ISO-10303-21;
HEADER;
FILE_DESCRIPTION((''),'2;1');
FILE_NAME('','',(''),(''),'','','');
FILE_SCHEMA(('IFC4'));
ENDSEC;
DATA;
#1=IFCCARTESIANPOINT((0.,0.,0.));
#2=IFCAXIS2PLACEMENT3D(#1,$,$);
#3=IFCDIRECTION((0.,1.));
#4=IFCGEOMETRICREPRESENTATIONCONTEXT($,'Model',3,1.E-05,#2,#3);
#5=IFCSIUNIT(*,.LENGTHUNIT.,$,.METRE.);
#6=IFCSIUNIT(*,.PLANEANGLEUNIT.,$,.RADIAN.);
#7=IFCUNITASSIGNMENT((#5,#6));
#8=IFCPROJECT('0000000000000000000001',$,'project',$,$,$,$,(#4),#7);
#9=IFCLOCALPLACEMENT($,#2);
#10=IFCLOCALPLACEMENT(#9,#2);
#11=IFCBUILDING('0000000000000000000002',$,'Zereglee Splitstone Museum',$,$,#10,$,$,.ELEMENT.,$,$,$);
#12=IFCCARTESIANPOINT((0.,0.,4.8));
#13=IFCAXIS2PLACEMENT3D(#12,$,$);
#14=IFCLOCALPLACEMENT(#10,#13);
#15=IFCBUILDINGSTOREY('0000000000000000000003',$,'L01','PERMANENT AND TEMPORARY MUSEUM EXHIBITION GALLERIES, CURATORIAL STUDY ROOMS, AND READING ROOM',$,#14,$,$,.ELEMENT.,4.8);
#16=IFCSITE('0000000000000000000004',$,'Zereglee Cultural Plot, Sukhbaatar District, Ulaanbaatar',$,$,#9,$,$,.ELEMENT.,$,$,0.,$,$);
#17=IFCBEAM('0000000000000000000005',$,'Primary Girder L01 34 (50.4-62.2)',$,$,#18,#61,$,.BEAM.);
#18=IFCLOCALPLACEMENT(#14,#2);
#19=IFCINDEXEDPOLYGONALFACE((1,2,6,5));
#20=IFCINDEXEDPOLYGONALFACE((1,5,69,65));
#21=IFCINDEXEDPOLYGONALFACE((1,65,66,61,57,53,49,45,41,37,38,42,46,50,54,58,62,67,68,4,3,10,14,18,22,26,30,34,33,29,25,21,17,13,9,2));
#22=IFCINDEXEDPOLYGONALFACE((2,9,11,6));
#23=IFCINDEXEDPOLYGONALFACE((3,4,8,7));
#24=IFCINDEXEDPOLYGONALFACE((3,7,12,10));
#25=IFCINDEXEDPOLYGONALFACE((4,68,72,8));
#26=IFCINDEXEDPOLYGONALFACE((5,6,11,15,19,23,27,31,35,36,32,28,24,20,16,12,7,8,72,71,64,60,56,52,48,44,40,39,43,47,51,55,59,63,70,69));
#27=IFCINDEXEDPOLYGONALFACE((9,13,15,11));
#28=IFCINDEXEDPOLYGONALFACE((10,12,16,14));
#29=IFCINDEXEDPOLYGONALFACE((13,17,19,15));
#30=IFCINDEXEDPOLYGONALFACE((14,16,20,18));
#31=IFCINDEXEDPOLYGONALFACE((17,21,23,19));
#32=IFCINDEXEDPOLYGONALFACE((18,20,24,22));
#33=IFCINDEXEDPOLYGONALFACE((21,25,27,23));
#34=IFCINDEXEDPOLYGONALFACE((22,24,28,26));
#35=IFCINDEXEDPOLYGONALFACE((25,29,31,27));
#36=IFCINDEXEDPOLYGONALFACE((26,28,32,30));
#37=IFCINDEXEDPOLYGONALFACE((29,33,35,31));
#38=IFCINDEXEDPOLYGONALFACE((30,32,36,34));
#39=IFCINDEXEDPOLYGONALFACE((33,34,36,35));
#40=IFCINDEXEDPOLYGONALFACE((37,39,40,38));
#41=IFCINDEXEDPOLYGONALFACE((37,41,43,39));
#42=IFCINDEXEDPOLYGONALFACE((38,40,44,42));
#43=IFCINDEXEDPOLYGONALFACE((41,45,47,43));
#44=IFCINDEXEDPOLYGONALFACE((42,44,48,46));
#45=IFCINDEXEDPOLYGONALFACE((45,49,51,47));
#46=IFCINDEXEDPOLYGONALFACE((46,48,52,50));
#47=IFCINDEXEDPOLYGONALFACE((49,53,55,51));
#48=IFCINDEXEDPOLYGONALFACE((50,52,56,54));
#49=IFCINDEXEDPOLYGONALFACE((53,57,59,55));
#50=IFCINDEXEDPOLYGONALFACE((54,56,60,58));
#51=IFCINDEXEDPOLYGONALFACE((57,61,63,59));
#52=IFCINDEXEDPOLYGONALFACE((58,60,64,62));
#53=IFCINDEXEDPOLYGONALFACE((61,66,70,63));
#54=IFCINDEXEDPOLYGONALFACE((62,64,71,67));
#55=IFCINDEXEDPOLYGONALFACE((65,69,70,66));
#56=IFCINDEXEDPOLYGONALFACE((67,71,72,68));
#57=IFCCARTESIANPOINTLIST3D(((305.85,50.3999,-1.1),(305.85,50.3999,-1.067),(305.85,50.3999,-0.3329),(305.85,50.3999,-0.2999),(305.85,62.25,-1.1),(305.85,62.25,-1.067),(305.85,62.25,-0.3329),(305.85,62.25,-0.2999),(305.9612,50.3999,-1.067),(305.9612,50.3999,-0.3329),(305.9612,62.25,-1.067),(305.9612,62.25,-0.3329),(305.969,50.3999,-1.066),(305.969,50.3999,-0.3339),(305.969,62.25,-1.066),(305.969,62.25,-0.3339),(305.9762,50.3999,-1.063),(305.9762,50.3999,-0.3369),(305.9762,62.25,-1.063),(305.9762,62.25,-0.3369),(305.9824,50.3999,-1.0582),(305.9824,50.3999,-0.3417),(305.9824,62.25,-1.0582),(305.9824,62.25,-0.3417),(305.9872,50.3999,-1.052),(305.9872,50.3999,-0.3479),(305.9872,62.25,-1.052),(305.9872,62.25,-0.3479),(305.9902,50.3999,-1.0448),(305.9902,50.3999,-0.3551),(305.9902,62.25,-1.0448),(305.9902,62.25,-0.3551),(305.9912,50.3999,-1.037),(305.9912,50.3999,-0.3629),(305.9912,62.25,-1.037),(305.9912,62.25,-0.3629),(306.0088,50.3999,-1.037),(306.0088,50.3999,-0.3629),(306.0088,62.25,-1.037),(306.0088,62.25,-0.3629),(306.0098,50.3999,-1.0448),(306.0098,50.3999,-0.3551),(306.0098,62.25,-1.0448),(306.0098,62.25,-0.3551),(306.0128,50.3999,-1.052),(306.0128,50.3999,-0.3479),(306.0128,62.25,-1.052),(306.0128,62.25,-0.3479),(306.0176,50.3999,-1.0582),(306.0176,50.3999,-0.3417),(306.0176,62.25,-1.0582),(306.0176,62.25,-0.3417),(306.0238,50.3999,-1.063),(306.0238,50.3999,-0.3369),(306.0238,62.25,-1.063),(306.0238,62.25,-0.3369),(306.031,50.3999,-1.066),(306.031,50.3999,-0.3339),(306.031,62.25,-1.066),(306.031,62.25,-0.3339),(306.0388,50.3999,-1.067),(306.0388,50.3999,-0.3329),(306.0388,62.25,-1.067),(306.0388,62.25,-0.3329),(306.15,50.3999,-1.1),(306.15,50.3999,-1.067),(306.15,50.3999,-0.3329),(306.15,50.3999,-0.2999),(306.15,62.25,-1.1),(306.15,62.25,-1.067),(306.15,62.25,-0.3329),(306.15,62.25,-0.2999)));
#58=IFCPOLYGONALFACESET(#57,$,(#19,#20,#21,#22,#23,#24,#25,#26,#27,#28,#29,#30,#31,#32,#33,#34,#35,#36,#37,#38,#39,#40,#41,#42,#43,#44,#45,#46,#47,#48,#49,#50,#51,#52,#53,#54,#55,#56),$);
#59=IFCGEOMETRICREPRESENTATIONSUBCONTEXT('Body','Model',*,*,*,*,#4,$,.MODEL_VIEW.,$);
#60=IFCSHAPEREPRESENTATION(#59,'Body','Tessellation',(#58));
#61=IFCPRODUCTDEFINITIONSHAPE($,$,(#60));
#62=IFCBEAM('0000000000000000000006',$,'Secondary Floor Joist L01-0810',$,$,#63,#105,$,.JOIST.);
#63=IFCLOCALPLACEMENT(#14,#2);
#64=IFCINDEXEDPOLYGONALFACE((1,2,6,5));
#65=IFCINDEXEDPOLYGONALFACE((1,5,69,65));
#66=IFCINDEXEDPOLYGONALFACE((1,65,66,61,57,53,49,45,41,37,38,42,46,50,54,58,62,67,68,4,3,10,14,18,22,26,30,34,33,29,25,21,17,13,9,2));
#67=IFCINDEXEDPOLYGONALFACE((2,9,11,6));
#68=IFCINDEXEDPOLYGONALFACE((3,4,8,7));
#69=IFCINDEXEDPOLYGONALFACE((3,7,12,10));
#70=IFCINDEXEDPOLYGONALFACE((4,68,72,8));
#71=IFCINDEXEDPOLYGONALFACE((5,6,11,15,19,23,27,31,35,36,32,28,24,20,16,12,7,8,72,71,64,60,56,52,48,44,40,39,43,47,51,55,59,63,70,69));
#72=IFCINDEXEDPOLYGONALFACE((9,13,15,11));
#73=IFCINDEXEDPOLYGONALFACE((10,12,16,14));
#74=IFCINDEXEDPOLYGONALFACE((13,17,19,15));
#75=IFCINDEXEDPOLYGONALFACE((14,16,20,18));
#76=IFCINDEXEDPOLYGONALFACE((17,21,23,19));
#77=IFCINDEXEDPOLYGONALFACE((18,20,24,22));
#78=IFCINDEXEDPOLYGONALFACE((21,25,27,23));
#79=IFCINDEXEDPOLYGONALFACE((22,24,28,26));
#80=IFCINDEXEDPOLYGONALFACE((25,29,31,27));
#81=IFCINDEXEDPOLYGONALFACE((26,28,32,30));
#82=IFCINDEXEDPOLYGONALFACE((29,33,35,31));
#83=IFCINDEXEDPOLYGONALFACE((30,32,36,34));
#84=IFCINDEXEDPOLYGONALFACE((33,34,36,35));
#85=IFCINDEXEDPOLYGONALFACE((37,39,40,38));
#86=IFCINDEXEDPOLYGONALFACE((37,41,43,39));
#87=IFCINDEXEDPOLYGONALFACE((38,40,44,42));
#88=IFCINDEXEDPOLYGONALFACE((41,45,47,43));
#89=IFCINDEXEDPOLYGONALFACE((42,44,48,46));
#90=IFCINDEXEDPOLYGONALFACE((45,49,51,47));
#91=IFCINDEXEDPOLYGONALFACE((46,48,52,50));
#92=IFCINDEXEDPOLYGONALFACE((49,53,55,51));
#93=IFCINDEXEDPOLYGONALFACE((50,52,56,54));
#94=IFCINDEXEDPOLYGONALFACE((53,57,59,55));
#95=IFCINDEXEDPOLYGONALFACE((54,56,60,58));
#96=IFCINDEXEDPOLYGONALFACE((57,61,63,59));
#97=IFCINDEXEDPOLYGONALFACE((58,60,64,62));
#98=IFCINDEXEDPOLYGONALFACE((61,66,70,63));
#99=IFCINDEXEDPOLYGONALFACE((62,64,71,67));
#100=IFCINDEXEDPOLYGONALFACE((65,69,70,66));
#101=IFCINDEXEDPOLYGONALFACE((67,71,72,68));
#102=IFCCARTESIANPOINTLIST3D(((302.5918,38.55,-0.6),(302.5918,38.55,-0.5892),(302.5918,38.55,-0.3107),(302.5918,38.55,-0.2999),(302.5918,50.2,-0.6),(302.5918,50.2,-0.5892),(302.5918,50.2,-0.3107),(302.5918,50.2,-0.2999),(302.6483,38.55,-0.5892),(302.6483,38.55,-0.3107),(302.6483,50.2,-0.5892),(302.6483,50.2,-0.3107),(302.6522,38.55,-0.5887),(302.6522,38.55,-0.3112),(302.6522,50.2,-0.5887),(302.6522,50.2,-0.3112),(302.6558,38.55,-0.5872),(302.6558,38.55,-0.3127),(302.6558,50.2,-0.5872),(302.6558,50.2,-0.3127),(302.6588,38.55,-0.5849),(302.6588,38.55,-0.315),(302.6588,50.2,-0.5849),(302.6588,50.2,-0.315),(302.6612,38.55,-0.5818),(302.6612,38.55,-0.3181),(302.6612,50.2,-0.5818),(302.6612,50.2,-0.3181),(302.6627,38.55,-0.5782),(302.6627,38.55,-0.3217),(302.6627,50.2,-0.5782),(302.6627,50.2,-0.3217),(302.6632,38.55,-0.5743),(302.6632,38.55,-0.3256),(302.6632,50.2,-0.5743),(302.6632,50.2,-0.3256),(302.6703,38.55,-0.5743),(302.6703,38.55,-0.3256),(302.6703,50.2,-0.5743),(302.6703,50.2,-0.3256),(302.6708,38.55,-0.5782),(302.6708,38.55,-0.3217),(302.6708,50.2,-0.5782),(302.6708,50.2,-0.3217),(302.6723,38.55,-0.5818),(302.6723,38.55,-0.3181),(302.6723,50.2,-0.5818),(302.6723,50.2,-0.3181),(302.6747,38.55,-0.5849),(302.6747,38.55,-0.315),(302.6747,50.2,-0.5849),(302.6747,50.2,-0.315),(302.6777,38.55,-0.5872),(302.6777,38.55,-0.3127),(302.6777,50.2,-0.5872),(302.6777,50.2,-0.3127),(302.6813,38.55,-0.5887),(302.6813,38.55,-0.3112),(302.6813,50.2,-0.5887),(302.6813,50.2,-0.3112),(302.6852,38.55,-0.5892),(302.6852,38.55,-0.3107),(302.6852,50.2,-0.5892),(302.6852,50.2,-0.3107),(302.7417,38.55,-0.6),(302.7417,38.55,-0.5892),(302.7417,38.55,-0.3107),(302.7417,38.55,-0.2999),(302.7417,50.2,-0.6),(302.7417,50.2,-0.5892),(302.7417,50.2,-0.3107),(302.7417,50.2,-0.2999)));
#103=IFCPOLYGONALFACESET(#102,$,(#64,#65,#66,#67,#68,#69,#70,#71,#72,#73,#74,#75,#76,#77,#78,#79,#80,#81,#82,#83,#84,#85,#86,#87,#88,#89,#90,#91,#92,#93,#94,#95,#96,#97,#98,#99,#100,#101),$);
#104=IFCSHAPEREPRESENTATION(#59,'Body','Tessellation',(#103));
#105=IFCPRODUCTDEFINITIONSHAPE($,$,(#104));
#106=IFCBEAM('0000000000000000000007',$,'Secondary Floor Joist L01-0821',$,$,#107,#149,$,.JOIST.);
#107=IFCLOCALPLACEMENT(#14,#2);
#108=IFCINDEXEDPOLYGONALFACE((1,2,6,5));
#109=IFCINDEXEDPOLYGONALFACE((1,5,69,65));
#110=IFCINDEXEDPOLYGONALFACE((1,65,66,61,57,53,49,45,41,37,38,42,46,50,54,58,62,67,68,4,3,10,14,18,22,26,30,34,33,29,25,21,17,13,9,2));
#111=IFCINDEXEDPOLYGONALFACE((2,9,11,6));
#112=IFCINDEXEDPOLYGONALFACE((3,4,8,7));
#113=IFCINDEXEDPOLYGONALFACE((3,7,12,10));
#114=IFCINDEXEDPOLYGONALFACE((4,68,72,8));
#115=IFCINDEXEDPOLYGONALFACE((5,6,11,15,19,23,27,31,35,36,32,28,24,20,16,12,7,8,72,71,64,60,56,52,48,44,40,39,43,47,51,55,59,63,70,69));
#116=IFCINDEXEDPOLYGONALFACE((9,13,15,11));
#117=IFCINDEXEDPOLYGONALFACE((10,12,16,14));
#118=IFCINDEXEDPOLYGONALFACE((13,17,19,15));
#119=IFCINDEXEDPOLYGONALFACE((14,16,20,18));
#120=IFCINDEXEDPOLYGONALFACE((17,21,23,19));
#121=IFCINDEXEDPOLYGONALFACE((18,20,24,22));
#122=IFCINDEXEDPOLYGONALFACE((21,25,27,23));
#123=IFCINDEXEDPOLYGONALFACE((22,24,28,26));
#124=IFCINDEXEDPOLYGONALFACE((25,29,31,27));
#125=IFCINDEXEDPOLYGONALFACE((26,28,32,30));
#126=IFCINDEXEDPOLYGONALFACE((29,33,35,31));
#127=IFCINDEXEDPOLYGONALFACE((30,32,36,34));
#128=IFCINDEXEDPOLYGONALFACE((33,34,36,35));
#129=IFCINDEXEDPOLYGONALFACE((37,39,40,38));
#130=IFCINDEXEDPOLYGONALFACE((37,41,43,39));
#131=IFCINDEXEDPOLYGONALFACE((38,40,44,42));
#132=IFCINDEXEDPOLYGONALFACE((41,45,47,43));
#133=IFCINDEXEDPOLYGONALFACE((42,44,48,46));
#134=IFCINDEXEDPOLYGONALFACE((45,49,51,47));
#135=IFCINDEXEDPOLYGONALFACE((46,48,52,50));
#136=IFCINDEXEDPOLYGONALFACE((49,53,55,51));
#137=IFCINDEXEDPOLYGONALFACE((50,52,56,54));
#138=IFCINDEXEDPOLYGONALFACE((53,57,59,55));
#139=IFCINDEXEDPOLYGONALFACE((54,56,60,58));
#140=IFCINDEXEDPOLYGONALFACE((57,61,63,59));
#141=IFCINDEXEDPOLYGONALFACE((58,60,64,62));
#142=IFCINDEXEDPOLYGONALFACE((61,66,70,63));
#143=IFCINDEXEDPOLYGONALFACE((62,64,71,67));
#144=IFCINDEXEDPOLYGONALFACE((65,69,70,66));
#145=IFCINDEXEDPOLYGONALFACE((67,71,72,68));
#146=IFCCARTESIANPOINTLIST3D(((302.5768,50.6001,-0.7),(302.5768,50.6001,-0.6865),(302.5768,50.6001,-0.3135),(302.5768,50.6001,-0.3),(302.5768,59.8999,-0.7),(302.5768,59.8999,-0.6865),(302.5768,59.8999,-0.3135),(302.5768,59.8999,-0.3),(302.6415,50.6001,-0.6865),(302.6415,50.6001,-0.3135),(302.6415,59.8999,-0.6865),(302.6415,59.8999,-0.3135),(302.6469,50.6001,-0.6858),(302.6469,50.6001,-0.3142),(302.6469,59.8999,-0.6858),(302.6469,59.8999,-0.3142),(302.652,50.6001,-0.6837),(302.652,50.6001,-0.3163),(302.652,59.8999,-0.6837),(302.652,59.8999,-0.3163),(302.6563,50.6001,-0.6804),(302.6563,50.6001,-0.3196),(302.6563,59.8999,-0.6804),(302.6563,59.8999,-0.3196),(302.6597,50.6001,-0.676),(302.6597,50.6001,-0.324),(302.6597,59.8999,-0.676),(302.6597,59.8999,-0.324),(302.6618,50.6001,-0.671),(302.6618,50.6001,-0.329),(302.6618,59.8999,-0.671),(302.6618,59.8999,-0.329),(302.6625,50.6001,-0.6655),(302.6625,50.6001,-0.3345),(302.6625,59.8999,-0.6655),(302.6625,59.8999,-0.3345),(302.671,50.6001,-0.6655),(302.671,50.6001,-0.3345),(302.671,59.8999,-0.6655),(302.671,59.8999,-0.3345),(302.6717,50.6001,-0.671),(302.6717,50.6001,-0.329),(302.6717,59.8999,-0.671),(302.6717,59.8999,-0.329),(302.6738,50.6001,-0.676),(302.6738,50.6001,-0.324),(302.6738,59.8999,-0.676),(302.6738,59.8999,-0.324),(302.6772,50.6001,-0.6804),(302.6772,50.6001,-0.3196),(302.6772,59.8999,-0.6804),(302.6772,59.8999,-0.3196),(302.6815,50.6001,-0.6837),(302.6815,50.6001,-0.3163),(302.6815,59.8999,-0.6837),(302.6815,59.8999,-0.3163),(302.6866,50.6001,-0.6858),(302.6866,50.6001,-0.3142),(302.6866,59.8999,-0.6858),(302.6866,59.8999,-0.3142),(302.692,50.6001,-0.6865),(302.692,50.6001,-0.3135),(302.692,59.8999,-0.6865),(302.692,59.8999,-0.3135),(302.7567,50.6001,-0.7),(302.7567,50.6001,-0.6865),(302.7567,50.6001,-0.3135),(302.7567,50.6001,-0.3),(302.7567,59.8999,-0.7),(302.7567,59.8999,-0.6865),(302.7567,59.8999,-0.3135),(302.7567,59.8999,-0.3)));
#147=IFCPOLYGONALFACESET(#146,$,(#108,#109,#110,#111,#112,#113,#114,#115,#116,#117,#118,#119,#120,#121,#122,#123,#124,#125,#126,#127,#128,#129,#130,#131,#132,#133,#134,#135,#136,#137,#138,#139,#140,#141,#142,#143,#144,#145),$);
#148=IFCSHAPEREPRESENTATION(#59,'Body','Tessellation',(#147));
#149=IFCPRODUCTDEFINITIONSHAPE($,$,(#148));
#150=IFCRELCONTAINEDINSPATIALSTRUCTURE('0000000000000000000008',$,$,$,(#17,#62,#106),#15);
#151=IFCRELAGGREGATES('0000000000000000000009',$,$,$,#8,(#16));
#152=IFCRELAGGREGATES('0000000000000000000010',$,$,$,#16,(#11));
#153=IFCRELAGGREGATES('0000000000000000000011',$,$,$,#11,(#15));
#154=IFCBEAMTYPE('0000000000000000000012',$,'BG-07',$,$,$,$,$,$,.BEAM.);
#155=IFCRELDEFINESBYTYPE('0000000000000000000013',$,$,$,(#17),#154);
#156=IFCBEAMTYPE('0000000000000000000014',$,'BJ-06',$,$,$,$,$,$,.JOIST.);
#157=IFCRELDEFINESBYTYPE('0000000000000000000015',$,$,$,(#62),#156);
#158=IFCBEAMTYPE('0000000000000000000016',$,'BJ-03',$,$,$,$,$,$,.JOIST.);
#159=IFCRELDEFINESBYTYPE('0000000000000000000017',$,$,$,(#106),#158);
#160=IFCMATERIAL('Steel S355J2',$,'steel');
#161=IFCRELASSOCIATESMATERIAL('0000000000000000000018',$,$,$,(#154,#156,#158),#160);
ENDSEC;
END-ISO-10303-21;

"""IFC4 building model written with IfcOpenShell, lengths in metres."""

from ifc_helpers import new_model, si_unit, direction, frame, origin, origin_2d, place, context, subcontext, project, spatial, i_section, extrude, material, material_profile, profile_set, type_object, element, save


model = new_model("IFC4")

# Units and contexts
model_context = context("Model", 3, precision=1e-05, world=origin(), true_north=direction((0.0, 1.0)))
body_context = subcontext(model_context, "Body", "Model", "MODEL_VIEW")
ifc_project = project(units=[si_unit("LENGTHUNIT", "METRE"), si_unit("PLANEANGLEUNIT", "RADIAN")], contexts=[model_context])

# Site, building, storey
site_placement = place(None, origin())
site = spatial("IfcSite", under=ifc_project, at=site_placement, Name="Zereglee Cultural Plot, Sukhbaatar District, Ulaanbaatar", CompositionType="ELEMENT", RefElevation=0.0)
building_placement = place(site_placement, origin())
building = spatial("IfcBuilding", under=site, at=building_placement, Name="Zereglee Splitstone Museum", CompositionType="ELEMENT")
storey_placement = place(building_placement, frame((0.0, 0.0, 4.8)))
storey = spatial("IfcBuildingStorey", under=building, at=storey_placement, Name="L01", Description="PERMANENT AND TEMPORARY MUSEUM EXHIBITION GALLERIES, CURATORIAL STUDY ROOMS, AND READING ROOM", CompositionType="ELEMENT", Elevation=4.8)

# Beams
ifc_material_1 = material(Name="Steel S355J2", Category="steel")
ifc_material_profile_1 = material_profile(ifc_material_1, i_section(OverallWidth=0.3, OverallDepth=0.8, WebThickness=0.0176, FlangeThickness=0.033, FilletRadius=0.03, at=origin_2d()), Name="HE 800 B")
ifc_profile_set_1 = profile_set([ifc_material_profile_1], Name="Steel S355J2")
beam_type_1 = type_object("IfcBeamType", Name="BG-07", PredefinedType="BEAM", material=ifc_profile_set_1)
for number, where, z_axis, x_axis, name in (
    (1, (306.0, 50.3999, -0.7), (0.0, 1.0, 0.0), (-1.0, 0.0, 0.0), "Primary Girder L01 34 (50.4-62.2)"),
):
    element("IfcBeam", number, at=place(storey_placement, frame(where, z_axis=z_axis, x_axis=x_axis)), inside=storey, type_object=beam_type_1, Name=name, PredefinedType="BEAM", context=body_context, shape_type="SweptSolid", body=[
        extrude(i_section(OverallWidth=0.3, OverallDepth=0.8, WebThickness=0.0176, FlangeThickness=0.033, FilletRadius=0.03, at=origin_2d()), origin(), (0.0, 0.0, 1.0), 11.8501),
    ])
ifc_material_profile_2 = material_profile(ifc_material_1, i_section(OverallWidth=0.1499, OverallDepth=0.3, WebThickness=0.0071, FlangeThickness=0.0107, FilletRadius=0.0149, at=origin_2d()), Name="IPE 300")
ifc_profile_set_2 = profile_set([ifc_material_profile_2], Name="Steel S355J2")
beam_type_2 = type_object("IfcBeamType", Name="BJ-06", PredefinedType="JOIST", material=ifc_profile_set_2)
beam_1_placement = place(storey_placement, frame((302.6667, 38.55, -0.45), z_axis=(0.0, 1.0, 0.0), x_axis=(-1.0, 0.0, 0.0)))
element("IfcBeam", 2, at=beam_1_placement, inside=storey, type_object=beam_type_2, Name="Secondary Floor Joist L01-0810", PredefinedType="JOIST", context=body_context, shape_type="SweptSolid", body=[
    extrude(i_section(OverallWidth=0.1499, OverallDepth=0.3, WebThickness=0.0071, FlangeThickness=0.0107, FilletRadius=0.0149, at=origin_2d()), origin(), (0.0, 0.0, 1.0), 11.6499),
])
ifc_material_profile_3 = material_profile(ifc_material_1, i_section(OverallWidth=0.1799, OverallDepth=0.3999, WebThickness=0.0085, FlangeThickness=0.0134, FilletRadius=0.021, at=origin_2d()), Name="IPE 400")
ifc_profile_set_3 = profile_set([ifc_material_profile_3], Name="Steel S355J2")
beam_type_3 = type_object("IfcBeamType", Name="BJ-03", PredefinedType="JOIST", material=ifc_profile_set_3)
beam_2_placement = place(storey_placement, frame((302.6667, 50.6001, -0.5), z_axis=(0.0, 1.0, 0.0), x_axis=(-1.0, 0.0, 0.0)))
element("IfcBeam", 3, at=beam_2_placement, inside=storey, type_object=beam_type_3, Name="Secondary Floor Joist L01-0821", PredefinedType="JOIST", context=body_context, shape_type="SweptSolid", body=[
    extrude(i_section(OverallWidth=0.1799, OverallDepth=0.3999, WebThickness=0.0085, FlangeThickness=0.0134, FilletRadius=0.021, at=origin_2d()), origin(), (0.0, 0.0, 1.0), 9.2998),
])

save(model, "model.ifc")
